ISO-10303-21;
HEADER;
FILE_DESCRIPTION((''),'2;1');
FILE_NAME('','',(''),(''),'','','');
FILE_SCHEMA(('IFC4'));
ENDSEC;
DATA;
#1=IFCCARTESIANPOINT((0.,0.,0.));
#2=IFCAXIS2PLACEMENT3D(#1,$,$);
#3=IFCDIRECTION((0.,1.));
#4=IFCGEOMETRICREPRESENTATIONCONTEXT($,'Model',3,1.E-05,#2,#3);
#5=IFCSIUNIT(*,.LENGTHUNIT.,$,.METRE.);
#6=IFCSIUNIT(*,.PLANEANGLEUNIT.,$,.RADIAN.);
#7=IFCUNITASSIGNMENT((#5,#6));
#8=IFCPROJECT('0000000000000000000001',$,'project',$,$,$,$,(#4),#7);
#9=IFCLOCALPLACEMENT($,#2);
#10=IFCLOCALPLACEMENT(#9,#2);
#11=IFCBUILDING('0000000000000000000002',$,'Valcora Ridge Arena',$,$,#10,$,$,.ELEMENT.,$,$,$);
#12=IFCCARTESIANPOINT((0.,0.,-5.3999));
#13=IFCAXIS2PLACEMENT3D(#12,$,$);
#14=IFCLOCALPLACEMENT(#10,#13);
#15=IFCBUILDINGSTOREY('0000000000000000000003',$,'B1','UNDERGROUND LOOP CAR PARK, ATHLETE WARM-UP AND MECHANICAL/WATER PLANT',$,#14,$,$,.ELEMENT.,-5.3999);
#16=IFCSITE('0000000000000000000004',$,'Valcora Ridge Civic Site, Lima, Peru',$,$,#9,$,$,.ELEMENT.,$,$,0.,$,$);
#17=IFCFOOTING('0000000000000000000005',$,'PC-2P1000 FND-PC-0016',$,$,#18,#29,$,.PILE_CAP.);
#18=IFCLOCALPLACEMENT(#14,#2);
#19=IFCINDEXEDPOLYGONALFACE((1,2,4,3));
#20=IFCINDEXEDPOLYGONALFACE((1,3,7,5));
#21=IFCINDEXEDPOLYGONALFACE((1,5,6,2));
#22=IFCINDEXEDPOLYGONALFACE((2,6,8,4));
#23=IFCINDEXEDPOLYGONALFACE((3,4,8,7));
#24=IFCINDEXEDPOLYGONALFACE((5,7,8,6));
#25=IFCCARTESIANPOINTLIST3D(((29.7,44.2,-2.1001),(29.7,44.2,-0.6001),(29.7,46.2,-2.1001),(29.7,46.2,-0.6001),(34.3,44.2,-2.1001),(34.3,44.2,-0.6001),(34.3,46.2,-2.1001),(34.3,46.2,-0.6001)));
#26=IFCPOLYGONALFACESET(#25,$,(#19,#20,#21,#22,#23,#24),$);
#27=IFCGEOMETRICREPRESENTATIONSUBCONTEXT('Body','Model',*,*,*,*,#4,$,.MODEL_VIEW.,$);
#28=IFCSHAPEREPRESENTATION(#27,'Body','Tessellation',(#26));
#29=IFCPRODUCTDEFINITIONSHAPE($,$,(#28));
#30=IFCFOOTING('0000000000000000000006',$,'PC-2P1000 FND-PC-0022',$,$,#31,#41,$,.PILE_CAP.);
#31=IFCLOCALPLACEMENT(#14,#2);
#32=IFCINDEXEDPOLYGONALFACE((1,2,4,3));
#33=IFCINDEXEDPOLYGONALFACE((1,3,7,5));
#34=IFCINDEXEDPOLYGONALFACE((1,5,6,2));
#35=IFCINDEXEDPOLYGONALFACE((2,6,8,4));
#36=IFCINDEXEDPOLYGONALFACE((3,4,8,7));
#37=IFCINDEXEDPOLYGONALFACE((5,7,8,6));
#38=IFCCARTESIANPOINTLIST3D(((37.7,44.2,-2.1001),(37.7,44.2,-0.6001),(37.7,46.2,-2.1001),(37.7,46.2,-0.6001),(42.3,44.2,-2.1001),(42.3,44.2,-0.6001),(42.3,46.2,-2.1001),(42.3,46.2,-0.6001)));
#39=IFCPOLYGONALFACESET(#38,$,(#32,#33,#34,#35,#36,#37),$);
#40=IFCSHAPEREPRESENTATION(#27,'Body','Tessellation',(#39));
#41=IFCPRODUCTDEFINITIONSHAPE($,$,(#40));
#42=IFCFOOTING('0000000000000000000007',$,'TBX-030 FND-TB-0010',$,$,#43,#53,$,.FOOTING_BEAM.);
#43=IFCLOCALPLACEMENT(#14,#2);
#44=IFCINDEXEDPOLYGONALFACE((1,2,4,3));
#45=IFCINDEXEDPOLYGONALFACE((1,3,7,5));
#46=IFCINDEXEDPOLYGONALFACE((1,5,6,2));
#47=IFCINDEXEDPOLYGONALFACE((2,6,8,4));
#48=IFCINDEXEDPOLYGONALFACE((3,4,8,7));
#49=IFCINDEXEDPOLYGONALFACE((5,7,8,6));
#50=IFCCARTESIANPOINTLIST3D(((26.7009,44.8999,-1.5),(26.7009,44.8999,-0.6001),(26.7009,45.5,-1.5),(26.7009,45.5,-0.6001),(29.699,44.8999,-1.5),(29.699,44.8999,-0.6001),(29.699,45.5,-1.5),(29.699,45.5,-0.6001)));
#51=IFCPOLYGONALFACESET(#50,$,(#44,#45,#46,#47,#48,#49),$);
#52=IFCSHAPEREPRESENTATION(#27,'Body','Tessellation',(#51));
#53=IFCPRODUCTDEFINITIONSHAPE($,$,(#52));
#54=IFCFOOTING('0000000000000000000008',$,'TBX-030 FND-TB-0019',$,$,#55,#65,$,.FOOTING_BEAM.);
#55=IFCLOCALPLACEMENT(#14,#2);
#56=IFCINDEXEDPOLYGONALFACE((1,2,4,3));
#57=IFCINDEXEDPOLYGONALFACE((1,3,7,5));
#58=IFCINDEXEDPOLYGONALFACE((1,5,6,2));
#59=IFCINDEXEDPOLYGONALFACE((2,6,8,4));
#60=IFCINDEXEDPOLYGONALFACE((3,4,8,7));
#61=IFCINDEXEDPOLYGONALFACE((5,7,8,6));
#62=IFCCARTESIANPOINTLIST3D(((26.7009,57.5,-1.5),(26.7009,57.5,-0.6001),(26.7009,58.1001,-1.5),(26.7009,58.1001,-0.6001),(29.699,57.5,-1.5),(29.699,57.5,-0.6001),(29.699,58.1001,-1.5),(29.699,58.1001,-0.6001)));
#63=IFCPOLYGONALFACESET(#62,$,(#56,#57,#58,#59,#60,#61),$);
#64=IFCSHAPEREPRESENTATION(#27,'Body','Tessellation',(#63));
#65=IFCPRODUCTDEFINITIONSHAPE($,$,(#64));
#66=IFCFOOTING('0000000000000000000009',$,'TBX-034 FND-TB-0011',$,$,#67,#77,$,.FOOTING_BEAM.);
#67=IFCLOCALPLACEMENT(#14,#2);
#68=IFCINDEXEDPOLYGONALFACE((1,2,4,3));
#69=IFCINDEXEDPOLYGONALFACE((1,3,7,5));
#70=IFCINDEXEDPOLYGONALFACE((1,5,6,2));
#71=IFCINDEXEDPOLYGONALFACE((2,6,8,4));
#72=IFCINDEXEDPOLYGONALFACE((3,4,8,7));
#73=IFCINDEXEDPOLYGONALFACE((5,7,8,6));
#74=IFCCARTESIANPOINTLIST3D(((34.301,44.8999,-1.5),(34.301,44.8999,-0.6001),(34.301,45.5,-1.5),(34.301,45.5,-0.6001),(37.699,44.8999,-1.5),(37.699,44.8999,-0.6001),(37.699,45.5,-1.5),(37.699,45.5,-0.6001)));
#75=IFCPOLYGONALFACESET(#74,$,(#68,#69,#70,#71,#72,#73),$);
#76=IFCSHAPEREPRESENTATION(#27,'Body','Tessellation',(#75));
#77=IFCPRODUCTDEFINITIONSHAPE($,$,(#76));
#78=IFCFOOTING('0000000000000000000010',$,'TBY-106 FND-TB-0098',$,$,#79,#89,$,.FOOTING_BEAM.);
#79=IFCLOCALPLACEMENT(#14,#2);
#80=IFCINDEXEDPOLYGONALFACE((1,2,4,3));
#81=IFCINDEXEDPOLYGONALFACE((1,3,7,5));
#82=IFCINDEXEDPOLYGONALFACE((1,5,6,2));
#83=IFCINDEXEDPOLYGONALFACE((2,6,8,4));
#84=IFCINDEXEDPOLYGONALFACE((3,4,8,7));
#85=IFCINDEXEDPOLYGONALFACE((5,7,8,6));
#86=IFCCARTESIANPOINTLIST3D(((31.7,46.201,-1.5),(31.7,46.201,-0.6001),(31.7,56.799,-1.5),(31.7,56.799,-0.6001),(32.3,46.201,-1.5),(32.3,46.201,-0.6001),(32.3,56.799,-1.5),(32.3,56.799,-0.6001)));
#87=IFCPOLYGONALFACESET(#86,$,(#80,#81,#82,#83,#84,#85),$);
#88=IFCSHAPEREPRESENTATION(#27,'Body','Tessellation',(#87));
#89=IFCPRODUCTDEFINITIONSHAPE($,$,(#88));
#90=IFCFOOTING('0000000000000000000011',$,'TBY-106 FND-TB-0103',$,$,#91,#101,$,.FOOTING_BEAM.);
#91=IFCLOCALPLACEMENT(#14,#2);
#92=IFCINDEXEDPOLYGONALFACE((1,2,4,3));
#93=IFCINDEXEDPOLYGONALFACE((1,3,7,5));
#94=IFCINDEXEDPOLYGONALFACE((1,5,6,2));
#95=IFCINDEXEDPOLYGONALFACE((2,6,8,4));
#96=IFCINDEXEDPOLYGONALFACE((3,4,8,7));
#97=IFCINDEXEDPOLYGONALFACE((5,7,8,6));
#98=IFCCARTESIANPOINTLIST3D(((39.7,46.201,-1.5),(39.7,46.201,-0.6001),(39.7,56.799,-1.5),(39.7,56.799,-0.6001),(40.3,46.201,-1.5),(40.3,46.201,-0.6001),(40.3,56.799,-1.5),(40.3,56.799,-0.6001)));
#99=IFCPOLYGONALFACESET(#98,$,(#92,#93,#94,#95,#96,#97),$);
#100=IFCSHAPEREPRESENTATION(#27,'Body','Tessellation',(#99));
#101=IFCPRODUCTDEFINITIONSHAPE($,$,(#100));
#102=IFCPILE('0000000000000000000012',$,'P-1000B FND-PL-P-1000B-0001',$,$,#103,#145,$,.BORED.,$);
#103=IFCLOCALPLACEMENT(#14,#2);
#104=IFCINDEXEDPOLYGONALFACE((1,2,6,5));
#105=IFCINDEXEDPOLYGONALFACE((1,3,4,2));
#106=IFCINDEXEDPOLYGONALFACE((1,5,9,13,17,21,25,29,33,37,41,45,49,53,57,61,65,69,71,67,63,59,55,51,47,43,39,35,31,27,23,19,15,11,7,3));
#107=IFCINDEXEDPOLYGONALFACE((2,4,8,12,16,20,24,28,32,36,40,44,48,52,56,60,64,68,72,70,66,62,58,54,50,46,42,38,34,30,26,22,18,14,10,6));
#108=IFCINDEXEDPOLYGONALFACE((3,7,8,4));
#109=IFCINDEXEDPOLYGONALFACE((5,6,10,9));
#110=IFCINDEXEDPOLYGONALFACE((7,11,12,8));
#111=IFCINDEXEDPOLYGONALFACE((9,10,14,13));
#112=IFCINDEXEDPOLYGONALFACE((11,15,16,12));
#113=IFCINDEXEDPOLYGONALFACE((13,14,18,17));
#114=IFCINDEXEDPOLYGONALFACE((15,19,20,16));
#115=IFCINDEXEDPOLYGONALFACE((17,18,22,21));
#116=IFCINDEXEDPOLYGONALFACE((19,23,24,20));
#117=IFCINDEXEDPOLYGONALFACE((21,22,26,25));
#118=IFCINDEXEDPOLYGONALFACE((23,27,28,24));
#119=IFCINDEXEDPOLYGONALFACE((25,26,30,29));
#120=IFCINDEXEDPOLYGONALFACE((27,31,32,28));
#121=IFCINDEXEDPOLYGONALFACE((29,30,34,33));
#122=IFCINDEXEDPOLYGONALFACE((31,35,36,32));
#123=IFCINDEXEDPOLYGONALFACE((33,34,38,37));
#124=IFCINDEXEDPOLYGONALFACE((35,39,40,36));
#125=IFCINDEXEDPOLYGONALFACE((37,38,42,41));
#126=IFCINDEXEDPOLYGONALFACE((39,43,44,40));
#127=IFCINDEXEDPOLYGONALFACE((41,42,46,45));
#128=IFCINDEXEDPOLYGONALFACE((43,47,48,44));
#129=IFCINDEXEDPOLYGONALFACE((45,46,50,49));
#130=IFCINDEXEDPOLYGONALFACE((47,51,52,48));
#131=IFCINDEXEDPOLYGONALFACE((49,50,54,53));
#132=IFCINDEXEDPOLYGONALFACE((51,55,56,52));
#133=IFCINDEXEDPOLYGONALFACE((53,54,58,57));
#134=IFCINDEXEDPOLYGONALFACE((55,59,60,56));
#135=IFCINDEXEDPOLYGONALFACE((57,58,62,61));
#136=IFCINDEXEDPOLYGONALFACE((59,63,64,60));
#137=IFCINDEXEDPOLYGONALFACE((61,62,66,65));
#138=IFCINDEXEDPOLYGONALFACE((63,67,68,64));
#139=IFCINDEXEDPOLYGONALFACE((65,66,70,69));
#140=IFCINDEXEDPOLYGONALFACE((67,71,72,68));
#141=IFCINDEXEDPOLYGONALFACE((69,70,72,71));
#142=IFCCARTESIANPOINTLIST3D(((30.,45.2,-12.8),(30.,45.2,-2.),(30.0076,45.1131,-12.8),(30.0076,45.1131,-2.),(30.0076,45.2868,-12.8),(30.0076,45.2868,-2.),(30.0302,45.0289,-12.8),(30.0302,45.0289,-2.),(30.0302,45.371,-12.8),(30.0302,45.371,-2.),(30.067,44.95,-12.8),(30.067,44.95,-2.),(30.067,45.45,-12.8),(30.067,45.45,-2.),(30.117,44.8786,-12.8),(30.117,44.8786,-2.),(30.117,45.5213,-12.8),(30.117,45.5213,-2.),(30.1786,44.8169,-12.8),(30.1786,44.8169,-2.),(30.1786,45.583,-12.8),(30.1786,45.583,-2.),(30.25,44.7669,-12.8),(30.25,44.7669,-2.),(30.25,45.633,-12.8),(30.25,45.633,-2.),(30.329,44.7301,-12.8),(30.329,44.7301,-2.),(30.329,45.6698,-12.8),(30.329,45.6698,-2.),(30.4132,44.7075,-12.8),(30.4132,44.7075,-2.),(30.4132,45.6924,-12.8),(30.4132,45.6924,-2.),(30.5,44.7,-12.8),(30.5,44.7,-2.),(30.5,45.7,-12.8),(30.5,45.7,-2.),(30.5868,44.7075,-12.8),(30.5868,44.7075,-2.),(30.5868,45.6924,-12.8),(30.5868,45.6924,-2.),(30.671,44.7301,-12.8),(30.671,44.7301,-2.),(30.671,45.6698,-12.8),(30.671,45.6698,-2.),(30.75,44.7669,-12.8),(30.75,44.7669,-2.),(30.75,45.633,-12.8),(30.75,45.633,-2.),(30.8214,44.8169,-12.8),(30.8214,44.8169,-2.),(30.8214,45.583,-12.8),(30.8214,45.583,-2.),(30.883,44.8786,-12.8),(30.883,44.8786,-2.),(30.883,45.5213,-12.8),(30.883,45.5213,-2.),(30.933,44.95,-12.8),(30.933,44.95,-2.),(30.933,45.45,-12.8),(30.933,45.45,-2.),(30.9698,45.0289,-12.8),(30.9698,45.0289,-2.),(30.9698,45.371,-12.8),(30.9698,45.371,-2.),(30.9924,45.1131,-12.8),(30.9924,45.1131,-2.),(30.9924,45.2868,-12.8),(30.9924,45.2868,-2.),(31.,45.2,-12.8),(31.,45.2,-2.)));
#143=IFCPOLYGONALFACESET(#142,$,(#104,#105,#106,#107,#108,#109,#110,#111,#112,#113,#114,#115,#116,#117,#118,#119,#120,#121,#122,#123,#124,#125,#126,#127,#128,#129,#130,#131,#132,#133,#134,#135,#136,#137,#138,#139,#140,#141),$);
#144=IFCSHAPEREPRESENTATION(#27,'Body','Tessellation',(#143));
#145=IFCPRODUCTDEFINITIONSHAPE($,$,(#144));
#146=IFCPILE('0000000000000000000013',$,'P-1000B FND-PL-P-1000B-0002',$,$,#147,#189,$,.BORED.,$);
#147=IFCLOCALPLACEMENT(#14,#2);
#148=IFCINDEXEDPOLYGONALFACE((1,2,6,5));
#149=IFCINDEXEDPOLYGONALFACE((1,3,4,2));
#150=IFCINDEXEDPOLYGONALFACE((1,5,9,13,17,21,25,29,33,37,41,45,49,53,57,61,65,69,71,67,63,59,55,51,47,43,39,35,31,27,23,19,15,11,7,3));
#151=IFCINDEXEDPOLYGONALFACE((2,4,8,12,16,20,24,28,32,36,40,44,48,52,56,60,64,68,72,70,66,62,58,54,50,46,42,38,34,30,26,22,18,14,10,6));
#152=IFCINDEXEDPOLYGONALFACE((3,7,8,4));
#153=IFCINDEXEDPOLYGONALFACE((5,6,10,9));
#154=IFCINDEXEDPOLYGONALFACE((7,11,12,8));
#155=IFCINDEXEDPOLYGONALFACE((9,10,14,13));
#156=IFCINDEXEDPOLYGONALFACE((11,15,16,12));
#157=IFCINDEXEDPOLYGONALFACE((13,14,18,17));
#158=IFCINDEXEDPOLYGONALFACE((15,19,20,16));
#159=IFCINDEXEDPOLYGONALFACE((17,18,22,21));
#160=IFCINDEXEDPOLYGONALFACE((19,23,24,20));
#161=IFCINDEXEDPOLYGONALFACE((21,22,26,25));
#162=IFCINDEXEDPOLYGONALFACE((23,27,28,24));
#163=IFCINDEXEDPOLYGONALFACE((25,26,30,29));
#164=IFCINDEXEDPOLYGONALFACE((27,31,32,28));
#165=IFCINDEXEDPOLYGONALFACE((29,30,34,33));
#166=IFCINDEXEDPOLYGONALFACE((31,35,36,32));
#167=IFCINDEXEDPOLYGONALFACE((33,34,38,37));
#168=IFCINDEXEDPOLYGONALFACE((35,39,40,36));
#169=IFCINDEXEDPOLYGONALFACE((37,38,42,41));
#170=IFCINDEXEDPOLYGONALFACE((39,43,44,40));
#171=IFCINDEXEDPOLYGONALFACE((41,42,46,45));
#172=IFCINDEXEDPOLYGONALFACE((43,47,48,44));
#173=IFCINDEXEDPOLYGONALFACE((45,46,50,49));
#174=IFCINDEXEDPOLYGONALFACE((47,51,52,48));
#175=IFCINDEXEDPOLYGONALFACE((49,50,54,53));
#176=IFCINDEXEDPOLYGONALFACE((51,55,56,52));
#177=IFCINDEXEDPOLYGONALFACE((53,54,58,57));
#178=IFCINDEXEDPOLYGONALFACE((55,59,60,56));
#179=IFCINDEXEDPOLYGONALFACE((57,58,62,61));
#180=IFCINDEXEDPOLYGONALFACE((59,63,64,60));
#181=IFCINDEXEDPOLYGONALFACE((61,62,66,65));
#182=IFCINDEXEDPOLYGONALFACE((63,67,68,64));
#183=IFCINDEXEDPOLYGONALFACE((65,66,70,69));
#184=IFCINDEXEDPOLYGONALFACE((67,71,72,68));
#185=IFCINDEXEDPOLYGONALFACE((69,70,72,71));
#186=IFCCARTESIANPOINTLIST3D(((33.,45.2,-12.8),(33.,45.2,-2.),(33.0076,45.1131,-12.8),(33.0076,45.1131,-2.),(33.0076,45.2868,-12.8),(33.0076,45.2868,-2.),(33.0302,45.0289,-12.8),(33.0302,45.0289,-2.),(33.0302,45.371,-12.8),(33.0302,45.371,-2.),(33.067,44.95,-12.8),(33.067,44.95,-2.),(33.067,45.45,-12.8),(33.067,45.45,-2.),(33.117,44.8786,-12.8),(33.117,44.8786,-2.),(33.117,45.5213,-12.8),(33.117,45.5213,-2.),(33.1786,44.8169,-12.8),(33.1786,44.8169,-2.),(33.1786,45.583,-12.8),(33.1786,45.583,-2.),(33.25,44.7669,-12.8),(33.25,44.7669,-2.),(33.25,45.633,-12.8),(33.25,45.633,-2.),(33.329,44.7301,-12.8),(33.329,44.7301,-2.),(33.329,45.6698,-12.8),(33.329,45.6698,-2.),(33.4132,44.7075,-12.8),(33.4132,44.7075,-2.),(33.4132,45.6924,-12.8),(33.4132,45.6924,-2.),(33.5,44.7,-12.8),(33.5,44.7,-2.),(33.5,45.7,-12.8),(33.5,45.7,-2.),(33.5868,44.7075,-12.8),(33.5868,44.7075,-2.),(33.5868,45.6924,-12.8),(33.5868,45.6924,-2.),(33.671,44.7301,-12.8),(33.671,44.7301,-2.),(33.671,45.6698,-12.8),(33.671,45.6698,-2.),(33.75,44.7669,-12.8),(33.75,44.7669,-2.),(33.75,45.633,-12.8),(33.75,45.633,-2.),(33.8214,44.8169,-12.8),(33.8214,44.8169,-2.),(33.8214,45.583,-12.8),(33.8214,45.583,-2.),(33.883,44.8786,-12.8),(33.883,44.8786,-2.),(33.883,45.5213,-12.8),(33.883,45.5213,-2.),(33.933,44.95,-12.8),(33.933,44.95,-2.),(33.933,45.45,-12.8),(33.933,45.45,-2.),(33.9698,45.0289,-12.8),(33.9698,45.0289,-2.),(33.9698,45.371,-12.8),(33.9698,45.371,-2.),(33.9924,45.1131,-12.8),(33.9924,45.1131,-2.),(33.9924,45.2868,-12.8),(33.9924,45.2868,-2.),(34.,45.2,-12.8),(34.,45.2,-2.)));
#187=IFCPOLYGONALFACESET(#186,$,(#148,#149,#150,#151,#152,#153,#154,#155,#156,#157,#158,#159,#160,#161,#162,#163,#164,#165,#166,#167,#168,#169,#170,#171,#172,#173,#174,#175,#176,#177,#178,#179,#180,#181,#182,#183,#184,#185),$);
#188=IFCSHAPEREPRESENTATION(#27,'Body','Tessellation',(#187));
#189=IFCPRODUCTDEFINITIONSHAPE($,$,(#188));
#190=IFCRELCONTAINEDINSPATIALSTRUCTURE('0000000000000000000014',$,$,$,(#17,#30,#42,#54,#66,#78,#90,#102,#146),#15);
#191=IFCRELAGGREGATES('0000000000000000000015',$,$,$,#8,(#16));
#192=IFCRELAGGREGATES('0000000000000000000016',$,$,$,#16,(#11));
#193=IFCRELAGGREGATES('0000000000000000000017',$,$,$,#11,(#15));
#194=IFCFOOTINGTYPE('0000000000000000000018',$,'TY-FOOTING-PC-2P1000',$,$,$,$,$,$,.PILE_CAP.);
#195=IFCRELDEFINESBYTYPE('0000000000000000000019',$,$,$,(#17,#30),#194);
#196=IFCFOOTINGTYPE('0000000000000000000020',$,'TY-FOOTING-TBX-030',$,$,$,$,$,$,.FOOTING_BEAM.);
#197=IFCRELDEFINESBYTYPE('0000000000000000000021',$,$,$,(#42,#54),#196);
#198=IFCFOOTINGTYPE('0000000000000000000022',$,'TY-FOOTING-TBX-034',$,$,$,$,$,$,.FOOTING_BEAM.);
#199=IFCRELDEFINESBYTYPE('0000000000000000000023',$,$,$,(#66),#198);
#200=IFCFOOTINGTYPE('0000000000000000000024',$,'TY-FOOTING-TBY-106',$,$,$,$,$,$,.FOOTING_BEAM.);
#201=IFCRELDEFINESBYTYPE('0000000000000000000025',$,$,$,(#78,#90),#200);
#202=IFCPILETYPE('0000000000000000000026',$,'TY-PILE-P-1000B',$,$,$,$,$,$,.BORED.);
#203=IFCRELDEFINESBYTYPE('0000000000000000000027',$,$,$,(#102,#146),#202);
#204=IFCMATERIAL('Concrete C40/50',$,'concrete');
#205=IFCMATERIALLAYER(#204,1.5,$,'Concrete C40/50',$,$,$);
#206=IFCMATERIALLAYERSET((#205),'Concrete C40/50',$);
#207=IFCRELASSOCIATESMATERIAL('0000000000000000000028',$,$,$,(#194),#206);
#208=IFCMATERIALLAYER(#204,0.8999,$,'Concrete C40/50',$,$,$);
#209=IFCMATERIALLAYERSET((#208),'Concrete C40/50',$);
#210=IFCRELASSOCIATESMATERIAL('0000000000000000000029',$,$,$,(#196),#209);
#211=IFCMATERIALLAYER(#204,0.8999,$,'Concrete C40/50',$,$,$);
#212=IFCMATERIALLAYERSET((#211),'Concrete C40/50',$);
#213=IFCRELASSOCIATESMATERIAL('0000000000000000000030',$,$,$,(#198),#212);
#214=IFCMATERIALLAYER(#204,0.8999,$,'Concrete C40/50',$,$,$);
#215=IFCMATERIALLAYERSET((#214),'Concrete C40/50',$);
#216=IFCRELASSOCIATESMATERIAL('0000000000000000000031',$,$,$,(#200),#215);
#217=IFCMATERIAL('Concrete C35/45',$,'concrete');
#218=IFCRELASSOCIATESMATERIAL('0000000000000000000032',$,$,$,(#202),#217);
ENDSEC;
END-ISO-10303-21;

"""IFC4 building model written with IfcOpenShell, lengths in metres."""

from ifc_helpers import new_model, si_unit, direction, frame, origin, origin_2d, place, context, subcontext, project, spatial, rectangle, circle, extrude, material, layer, layer_set, material_profile, profile_set, type_object, element, save


model = new_model("IFC4")

# Units and contexts
model_context = context("Model", 3, precision=1e-05, world=origin(), true_north=direction((0.0, 1.0)))
body_context = subcontext(model_context, "Body", "Model", "MODEL_VIEW")
ifc_project = project(units=[si_unit("LENGTHUNIT", "METRE"), si_unit("PLANEANGLEUNIT", "RADIAN")], contexts=[model_context])

# Site, building, storey
site_placement = place(None, origin())
site = spatial("IfcSite", under=ifc_project, at=site_placement, Name="Valcora Ridge Civic Site, Lima, Peru", CompositionType="ELEMENT", RefElevation=0.0)
building_placement = place(site_placement, origin())
building = spatial("IfcBuilding", under=site, at=building_placement, Name="Valcora Ridge Arena", CompositionType="ELEMENT")
storey_placement = place(building_placement, frame((0.0, 0.0, -5.3999)))
storey = spatial("IfcBuildingStorey", under=building, at=storey_placement, Name="B1", Description="UNDERGROUND LOOP CAR PARK, ATHLETE WARM-UP AND MECHANICAL/WATER PLANT", CompositionType="ELEMENT", Elevation=-5.3999)

# Footings
ifc_material_1 = material(Name="Concrete C40/50", Category="concrete")
ifc_layer_1 = layer(ifc_material_1, 1.5, Name="Concrete C40/50")
ifc_layer_set_1 = layer_set([ifc_layer_1], Name="Concrete C40/50")
footing_type_1 = type_object("IfcFootingType", Name="TY-FOOTING-PC-2P1000", PredefinedType="PILE_CAP", material=ifc_layer_set_1)
for number, where, z_axis, x_axis, name in (
    (1, (32.0, 45.2, -2.1001), (0.0, 0.0, 1.0), (1.0, 0.0, 0.0), "PC-2P1000 FND-PC-0016"),
    (2, (40.0, 45.2, -2.1001), (0.0, 0.0, 1.0), (1.0, 0.0, 0.0), "PC-2P1000 FND-PC-0022"),
):
    element("IfcFooting", number, at=place(storey_placement, frame(where, z_axis=z_axis, x_axis=x_axis)), inside=storey, type_object=footing_type_1, Name=name, PredefinedType="PILE_CAP", context=body_context, shape_type="SweptSolid", body=[
        extrude(rectangle(XDim=4.6001, YDim=2.0, at=origin_2d()), origin(), (0.0, 0.0, 1.0), 1.5),
    ])
ifc_layer_2 = layer(ifc_material_1, 0.8999, Name="Concrete C40/50")
ifc_layer_set_2 = layer_set([ifc_layer_2], Name="Concrete C40/50")
footing_type_2 = type_object("IfcFootingType", Name="TY-FOOTING-TBX-030", PredefinedType="FOOTING_BEAM", material=ifc_layer_set_2)
for number, where, z_axis, x_axis, name in (
    (3, (28.2, 45.2, -1.5), (0.0, 0.0, 1.0), (1.0, 0.0, 0.0), "TBX-030 FND-TB-0010"),
    (4, (28.2, 57.8, -1.5), (0.0, 0.0, 1.0), (1.0, 0.0, 0.0), "TBX-030 FND-TB-0019"),
):
    element("IfcFooting", number, at=place(storey_placement, frame(where, z_axis=z_axis, x_axis=x_axis)), inside=storey, type_object=footing_type_2, Name=name, PredefinedType="FOOTING_BEAM", context=body_context, shape_type="SweptSolid", body=[
        extrude(rectangle(XDim=2.998, YDim=0.6001, at=origin_2d()), origin(), (0.0, 0.0, 1.0), 0.8999),
    ])
ifc_layer_3 = layer(ifc_material_1, 0.8999, Name="Concrete C40/50")
ifc_layer_set_3 = layer_set([ifc_layer_3], Name="Concrete C40/50")
footing_type_3 = type_object("IfcFootingType", Name="TY-FOOTING-TBX-034", PredefinedType="FOOTING_BEAM", material=ifc_layer_set_3)
footing_placement = place(storey_placement, frame((36.0, 45.2, -1.5), z_axis=(0.0, 0.0, 1.0), x_axis=(1.0, 0.0, 0.0)))
element("IfcFooting", 5, at=footing_placement, inside=storey, type_object=footing_type_3, Name="TBX-034 FND-TB-0011", PredefinedType="FOOTING_BEAM", context=body_context, shape_type="SweptSolid", body=[
    extrude(rectangle(XDim=3.3979, YDim=0.6001, at=origin_2d()), origin(), (0.0, 0.0, 1.0), 0.8999),
])
ifc_layer_4 = layer(ifc_material_1, 0.8999, Name="Concrete C40/50")
ifc_layer_set_4 = layer_set([ifc_layer_4], Name="Concrete C40/50")
footing_type_4 = type_object("IfcFootingType", Name="TY-FOOTING-TBY-106", PredefinedType="FOOTING_BEAM", material=ifc_layer_set_4)
for number, where, z_axis, x_axis, name in (
    (6, (32.0, 51.5, -1.5), (0.0, 0.0, 1.0), (1.0, 0.0, 0.0), "TBY-106 FND-TB-0098"),
    (7, (40.0, 51.5, -1.5), (0.0, 0.0, 1.0), (1.0, 0.0, 0.0), "TBY-106 FND-TB-0103"),
):
    element("IfcFooting", number, at=place(storey_placement, frame(where, z_axis=z_axis, x_axis=x_axis)), inside=storey, type_object=footing_type_4, Name=name, PredefinedType="FOOTING_BEAM", context=body_context, shape_type="SweptSolid", body=[
        extrude(rectangle(XDim=0.6001, YDim=10.5979, at=origin_2d()), origin(), (0.0, 0.0, 1.0), 0.8999),
    ])

# Piles
ifc_material_2 = material(Name="Concrete C35/45", Category="concrete")
ifc_material_profile_1 = material_profile(ifc_material_2, circle(Radius=0.5, at=origin_2d()), Name="BORED PILE D1000")
ifc_profile_set_1 = profile_set([ifc_material_profile_1], Name="Concrete C35/45")
pile_type = type_object("IfcPileType", Name="TY-PILE-P-1000B", PredefinedType="BORED", material=ifc_profile_set_1)
for number, where, z_axis, x_axis, name in (
    (8, (30.5, 45.2, -2.0), (0.0, 0.0, -1.0), (1.0, 0.0, 0.0), "P-1000B FND-PL-P-1000B-0001"),
    (9, (33.5, 45.2, -2.0), (0.0, 0.0, -1.0), (1.0, 0.0, 0.0), "P-1000B FND-PL-P-1000B-0002"),
):
    element("IfcPile", number, at=place(storey_placement, frame(where, z_axis=z_axis, x_axis=x_axis)), inside=storey, type_object=pile_type, Name=name, PredefinedType="BORED", context=body_context, shape_type="SweptSolid", body=[
        extrude(circle(Radius=0.5, at=origin_2d()), origin(), (0.0, 0.0, 1.0), 10.8),
    ])

save(model, "model.ifc")
